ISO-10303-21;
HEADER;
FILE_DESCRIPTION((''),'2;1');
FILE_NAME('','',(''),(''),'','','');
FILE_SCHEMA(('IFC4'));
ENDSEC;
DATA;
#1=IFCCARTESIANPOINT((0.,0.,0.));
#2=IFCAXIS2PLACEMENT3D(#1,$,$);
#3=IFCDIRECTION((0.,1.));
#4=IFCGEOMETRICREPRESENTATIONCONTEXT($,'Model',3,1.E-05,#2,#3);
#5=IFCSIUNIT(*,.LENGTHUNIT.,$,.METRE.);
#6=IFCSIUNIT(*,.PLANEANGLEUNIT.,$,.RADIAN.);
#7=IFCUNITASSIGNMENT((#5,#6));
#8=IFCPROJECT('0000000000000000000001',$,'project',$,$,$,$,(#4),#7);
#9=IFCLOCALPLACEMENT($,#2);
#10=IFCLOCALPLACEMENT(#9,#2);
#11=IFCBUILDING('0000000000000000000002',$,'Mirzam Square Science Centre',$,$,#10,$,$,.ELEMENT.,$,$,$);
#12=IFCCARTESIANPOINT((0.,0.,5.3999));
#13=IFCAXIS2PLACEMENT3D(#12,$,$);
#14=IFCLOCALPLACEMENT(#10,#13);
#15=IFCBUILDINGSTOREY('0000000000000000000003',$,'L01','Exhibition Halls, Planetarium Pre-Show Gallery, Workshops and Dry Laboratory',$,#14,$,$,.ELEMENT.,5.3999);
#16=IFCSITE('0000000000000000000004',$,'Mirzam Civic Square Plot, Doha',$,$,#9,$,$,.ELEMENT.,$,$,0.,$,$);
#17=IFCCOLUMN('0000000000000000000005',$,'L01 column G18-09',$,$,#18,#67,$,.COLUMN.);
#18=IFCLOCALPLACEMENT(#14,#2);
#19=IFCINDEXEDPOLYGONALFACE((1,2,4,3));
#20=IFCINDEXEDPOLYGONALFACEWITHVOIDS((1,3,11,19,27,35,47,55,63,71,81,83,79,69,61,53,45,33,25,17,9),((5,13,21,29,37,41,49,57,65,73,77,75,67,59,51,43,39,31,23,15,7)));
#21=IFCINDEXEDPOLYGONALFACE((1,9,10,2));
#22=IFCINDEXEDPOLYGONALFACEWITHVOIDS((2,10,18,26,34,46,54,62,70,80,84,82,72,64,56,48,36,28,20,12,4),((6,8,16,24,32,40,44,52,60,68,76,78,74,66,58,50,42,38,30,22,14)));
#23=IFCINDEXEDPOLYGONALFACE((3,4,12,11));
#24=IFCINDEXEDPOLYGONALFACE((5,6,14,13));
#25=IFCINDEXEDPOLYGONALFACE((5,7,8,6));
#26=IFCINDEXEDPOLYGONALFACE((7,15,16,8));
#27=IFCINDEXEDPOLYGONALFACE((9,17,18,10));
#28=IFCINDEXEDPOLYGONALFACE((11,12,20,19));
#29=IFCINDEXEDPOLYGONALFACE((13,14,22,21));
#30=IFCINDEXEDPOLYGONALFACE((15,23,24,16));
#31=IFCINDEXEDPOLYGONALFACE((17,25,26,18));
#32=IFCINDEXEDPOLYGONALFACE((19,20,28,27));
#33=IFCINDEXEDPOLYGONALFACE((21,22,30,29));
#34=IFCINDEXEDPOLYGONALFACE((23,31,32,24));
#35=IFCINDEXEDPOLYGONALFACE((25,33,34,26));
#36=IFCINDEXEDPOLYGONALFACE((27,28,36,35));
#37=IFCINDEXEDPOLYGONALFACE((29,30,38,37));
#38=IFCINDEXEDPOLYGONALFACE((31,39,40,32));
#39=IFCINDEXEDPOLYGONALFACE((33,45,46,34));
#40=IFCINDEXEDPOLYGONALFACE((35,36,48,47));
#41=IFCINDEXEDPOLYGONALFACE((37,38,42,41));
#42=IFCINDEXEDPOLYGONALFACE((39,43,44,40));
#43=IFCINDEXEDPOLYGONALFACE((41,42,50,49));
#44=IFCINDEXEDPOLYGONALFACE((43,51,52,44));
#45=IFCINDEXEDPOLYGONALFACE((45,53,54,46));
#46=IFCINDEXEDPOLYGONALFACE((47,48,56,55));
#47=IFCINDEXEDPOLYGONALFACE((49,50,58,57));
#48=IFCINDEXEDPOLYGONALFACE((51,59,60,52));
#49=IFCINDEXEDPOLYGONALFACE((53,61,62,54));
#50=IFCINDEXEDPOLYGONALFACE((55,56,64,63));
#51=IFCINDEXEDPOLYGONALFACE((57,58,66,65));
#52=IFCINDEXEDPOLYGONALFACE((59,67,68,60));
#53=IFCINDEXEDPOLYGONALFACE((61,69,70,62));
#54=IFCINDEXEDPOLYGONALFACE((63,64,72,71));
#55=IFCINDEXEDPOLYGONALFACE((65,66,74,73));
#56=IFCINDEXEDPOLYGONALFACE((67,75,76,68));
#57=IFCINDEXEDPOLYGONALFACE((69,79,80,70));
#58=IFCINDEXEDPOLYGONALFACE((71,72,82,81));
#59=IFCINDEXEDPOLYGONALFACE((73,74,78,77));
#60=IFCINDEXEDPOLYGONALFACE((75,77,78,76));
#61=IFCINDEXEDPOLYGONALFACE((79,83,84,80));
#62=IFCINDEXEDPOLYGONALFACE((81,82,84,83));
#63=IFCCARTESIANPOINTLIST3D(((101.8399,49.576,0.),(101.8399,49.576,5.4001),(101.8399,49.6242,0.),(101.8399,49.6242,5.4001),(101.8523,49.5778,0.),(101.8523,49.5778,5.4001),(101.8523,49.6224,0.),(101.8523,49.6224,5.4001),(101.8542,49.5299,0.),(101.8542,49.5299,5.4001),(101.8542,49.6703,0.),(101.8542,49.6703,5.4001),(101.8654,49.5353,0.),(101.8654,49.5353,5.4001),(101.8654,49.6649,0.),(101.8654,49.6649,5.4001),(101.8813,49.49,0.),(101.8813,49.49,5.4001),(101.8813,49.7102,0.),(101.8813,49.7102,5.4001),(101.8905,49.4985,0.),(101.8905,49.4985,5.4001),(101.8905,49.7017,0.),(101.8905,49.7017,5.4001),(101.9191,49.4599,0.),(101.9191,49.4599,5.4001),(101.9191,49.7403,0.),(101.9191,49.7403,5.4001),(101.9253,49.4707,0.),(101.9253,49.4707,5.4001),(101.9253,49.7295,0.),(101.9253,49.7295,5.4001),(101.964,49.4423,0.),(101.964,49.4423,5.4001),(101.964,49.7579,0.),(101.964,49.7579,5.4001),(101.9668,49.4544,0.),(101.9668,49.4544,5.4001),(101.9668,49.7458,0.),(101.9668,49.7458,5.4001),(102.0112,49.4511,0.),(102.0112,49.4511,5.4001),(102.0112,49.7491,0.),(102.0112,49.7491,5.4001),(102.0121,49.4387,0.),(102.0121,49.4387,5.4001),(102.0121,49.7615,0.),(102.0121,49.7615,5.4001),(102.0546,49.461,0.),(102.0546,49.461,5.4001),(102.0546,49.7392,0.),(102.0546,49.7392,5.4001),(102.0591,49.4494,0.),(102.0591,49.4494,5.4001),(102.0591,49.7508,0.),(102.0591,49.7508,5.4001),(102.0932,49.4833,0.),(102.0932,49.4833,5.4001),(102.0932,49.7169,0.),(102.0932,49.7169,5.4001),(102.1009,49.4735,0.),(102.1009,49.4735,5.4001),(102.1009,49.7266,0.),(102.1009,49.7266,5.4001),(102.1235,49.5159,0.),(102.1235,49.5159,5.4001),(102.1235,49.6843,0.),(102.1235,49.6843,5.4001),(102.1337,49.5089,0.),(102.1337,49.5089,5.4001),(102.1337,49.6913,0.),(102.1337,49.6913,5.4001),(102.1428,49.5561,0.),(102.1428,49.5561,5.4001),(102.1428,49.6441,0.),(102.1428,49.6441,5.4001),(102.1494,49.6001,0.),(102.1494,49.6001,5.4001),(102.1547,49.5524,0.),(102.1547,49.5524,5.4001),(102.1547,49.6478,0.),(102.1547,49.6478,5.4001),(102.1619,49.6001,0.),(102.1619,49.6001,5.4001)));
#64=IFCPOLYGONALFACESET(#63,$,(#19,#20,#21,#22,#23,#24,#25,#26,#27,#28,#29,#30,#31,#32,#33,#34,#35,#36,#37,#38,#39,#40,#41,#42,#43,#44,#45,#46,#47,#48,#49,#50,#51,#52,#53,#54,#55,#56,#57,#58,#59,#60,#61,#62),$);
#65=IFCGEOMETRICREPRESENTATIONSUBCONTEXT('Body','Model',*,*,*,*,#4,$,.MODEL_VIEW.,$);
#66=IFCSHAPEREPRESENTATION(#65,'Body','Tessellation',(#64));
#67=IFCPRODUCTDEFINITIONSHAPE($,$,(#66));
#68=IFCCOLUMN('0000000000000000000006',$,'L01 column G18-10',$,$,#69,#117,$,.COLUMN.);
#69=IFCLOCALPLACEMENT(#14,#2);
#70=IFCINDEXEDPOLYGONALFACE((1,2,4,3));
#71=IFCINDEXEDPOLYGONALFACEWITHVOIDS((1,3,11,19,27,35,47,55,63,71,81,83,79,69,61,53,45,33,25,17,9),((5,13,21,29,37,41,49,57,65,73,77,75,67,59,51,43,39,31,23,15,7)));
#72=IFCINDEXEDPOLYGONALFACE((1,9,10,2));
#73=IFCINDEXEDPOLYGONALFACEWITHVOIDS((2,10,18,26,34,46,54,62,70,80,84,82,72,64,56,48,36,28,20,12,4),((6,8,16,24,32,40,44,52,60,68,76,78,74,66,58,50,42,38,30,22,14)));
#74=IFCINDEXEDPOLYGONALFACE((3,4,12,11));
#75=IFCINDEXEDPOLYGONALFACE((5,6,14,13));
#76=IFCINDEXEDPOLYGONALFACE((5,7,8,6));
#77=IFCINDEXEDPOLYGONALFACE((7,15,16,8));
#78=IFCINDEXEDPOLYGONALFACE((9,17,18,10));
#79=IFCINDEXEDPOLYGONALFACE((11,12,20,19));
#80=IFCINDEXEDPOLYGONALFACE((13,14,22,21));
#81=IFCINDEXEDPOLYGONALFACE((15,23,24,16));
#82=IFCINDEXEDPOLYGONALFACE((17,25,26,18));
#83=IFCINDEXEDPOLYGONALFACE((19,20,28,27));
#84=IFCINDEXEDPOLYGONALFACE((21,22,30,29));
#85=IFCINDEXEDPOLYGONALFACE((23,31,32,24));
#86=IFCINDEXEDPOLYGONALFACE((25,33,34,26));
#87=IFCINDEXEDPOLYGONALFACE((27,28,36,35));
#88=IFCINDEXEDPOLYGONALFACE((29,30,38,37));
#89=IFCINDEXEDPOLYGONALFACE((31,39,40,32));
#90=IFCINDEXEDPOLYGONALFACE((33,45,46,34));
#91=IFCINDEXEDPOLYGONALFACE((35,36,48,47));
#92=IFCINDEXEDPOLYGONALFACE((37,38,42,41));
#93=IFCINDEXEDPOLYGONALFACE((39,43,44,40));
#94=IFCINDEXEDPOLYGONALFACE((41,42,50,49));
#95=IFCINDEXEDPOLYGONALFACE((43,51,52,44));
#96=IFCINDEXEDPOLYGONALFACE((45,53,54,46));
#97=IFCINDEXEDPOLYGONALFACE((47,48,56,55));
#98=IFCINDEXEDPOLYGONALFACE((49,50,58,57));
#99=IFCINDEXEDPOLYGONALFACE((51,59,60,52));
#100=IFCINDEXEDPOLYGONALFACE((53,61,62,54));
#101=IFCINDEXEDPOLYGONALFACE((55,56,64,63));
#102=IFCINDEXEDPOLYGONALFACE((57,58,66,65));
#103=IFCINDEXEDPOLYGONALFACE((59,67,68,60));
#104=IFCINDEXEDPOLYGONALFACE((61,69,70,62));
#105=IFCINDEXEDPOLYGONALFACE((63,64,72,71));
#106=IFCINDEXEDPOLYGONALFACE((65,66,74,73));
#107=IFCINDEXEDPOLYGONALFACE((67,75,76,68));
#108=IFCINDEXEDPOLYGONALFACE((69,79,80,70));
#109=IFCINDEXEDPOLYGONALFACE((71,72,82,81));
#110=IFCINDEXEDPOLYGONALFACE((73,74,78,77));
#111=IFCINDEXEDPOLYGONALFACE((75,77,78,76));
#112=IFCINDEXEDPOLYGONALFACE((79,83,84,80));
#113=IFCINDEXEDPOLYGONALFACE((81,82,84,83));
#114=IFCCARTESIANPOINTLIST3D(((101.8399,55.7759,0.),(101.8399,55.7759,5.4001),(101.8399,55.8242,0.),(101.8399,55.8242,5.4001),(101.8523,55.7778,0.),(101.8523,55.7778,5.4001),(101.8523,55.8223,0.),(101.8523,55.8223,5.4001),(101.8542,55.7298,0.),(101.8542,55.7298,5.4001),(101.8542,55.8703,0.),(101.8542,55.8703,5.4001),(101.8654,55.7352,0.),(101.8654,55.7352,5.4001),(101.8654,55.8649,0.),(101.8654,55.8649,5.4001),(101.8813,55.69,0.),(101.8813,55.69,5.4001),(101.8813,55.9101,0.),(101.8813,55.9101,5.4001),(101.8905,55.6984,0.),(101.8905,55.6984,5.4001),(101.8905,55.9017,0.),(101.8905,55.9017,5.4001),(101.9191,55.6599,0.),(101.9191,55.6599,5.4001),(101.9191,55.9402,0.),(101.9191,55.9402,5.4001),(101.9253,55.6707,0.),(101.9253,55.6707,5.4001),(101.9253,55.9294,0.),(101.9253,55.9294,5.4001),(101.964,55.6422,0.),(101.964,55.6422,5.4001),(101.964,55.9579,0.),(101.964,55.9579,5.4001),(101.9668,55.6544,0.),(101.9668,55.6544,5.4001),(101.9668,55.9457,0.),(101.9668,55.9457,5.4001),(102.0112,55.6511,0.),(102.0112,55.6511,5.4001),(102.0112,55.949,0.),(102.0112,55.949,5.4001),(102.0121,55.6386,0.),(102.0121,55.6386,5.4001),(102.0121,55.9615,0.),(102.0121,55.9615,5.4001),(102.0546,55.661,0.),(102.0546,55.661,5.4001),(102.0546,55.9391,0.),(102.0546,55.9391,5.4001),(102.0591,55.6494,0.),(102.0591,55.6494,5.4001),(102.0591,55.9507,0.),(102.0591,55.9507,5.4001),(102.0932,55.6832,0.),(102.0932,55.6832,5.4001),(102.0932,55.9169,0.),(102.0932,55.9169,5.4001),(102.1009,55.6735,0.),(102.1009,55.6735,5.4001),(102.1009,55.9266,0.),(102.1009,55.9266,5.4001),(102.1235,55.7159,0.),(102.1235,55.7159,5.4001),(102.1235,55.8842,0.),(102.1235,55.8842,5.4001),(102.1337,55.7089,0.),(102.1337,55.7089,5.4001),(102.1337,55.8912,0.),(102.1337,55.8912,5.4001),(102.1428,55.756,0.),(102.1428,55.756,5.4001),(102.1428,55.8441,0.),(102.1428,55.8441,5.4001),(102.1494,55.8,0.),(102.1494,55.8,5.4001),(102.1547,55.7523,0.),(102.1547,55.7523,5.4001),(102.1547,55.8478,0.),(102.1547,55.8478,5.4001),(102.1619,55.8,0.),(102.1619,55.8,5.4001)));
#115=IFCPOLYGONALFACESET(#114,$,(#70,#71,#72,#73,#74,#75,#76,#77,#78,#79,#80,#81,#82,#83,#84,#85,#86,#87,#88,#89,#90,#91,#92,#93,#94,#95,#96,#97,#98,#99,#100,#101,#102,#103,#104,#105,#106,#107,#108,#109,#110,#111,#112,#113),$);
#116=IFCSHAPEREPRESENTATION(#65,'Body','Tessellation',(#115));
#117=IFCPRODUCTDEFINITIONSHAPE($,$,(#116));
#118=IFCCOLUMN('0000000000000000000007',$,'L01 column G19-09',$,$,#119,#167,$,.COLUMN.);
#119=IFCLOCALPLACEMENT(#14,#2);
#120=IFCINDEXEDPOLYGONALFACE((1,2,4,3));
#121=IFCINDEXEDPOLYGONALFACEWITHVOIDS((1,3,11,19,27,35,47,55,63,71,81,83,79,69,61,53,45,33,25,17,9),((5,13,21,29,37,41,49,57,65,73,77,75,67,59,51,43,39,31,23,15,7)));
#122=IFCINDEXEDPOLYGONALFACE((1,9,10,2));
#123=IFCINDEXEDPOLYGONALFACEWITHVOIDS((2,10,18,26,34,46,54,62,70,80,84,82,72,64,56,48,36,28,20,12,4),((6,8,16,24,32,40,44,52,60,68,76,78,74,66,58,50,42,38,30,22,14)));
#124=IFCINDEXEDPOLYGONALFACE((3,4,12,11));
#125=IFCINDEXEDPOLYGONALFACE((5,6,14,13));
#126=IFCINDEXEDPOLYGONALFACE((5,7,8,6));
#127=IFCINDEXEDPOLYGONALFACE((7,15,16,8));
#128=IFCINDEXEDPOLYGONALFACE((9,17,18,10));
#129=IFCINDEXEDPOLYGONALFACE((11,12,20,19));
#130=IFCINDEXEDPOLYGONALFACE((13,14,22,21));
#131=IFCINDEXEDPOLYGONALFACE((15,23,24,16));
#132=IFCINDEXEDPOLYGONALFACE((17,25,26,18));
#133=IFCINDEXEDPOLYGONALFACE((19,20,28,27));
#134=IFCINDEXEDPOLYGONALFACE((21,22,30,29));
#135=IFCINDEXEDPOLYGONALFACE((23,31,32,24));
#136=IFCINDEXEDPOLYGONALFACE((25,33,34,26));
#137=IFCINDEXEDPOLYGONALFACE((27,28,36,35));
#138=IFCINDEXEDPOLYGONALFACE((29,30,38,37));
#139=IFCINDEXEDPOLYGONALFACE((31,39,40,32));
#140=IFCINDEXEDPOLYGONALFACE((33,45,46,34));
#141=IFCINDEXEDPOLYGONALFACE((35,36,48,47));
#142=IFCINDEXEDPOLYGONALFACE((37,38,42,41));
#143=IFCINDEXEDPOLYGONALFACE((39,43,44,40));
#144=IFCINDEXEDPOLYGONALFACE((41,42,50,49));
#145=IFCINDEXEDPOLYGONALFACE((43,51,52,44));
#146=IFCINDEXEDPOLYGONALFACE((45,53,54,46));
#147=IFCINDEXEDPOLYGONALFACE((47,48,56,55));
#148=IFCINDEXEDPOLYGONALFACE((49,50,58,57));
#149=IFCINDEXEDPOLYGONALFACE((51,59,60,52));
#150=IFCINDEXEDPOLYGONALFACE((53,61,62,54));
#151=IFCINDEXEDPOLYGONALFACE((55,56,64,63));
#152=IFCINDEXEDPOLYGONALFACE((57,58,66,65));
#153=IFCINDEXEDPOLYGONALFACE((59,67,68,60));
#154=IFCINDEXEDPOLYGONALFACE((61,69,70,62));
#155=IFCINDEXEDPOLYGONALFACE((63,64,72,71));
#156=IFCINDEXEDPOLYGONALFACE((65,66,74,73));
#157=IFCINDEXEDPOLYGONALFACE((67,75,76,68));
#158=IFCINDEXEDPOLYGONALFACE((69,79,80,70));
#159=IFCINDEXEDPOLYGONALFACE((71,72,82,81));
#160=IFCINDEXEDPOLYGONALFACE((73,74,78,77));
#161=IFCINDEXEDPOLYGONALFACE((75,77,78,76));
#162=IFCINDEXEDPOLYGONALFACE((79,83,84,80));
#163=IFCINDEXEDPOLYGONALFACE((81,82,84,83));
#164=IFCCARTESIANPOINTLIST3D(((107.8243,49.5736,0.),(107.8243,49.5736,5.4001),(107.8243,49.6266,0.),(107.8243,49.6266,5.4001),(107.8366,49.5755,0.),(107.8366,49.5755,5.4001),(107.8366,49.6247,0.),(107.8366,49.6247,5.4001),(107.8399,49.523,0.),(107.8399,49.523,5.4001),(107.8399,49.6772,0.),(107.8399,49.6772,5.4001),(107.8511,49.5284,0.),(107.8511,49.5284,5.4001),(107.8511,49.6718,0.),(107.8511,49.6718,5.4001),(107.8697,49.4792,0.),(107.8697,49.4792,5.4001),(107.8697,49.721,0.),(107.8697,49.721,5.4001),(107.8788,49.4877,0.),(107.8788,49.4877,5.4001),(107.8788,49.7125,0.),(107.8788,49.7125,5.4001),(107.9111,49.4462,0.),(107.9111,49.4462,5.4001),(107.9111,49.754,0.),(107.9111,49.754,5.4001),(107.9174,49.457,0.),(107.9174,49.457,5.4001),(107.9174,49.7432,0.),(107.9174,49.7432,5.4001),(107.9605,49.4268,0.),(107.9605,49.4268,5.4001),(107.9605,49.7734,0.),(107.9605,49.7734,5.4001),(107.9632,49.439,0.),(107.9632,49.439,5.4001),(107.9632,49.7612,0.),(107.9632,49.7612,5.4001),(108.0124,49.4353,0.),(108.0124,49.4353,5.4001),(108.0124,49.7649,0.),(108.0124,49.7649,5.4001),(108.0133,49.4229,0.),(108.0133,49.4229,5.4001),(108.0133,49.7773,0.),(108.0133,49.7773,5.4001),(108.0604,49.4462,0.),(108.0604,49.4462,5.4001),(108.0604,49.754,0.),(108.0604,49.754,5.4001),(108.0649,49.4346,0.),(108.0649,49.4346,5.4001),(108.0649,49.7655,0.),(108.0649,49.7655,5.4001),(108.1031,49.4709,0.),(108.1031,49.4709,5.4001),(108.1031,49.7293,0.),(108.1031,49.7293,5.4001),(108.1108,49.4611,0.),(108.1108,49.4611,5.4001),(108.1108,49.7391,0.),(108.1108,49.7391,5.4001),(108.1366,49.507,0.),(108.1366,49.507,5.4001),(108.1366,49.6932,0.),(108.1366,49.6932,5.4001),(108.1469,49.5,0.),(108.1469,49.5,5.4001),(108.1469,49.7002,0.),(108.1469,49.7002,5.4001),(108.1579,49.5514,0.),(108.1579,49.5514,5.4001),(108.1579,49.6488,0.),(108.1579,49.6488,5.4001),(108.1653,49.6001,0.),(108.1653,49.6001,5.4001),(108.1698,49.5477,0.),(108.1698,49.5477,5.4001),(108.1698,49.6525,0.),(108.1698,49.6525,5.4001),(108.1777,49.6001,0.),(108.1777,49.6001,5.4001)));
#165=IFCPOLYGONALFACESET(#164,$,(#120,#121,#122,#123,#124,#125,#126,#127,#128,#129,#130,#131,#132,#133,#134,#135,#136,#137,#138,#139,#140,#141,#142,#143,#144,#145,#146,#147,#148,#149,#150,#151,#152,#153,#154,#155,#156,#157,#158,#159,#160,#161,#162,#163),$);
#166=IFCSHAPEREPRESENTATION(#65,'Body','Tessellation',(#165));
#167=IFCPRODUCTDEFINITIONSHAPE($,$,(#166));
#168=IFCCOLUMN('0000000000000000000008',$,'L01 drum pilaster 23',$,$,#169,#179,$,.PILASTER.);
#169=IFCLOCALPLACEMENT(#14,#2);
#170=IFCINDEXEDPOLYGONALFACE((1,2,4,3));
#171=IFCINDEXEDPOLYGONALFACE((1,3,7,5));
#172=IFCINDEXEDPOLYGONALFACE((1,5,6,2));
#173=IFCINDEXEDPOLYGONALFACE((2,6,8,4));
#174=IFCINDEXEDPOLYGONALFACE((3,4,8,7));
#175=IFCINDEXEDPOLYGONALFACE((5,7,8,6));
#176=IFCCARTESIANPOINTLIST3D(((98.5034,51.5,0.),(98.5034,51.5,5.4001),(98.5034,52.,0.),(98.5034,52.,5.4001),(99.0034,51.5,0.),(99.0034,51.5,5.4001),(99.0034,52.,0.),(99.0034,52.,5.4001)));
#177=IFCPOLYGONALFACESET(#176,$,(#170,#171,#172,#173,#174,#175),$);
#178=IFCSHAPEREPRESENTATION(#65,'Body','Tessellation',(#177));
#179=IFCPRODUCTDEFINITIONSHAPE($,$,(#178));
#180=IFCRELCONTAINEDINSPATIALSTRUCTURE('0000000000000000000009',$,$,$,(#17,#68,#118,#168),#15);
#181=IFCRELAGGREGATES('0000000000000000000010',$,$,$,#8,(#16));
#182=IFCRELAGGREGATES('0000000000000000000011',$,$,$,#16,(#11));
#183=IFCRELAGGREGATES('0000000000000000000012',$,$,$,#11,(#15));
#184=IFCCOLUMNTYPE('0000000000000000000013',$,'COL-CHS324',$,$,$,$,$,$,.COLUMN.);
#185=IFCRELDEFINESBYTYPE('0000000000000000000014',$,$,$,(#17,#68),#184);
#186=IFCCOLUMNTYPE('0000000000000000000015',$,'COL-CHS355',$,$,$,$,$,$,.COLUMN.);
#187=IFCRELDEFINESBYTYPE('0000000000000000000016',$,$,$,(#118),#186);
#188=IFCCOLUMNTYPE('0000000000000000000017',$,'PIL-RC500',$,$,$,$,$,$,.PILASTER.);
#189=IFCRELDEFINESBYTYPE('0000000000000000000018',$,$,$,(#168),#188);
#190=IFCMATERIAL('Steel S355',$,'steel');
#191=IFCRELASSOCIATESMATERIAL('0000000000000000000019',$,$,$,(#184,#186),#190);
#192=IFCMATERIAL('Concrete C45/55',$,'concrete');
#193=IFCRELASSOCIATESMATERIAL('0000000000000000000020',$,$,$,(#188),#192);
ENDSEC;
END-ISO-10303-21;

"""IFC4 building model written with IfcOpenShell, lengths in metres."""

from ifc_helpers import new_model, si_unit, direction, frame, origin, origin_2d, place, context, subcontext, project, spatial, rectangle, hollow_circle, extrude, material, material_profile, profile_set, type_object, element, save


model = new_model("IFC4")

# Units and contexts
model_context = context("Model", 3, precision=1e-05, world=origin(), true_north=direction((0.0, 1.0)))
body_context = subcontext(model_context, "Body", "Model", "MODEL_VIEW")
ifc_project = project(units=[si_unit("LENGTHUNIT", "METRE"), si_unit("PLANEANGLEUNIT", "RADIAN")], contexts=[model_context])

# Site, building, storey
site_placement = place(None, origin())
site = spatial("IfcSite", under=ifc_project, at=site_placement, Name="Mirzam Civic Square Plot, Doha", CompositionType="ELEMENT", RefElevation=0.0)
building_placement = place(site_placement, origin())
building = spatial("IfcBuilding", under=site, at=building_placement, Name="Mirzam Square Science Centre", CompositionType="ELEMENT")
storey_placement = place(building_placement, frame((0.0, 0.0, 5.3999)))
storey = spatial("IfcBuildingStorey", under=building, at=storey_placement, Name="L01", Description="Exhibition Halls, Planetarium Pre-Show Gallery, Workshops and Dry Laboratory", CompositionType="ELEMENT", Elevation=5.3999)

# Columns
ifc_material_1 = material(Name="Steel S355", Category="steel")
ifc_material_profile_1 = material_profile(ifc_material_1, hollow_circle(Radius=0.1619, WallThickness=0.0125, at=origin_2d()), Name="323.9x12.5CHS")
ifc_profile_set_1 = profile_set([ifc_material_profile_1], Name="Steel S355")
column_type_1 = type_object("IfcColumnType", Name="COL-CHS324", PredefinedType="COLUMN", material=ifc_profile_set_1)
for number, where, z_axis, x_axis, name in (
    (1, (102.0, 49.6001, 0.0), (0.0, 0.0, 1.0), (1.0, 0.0, 0.0), "L01 column G18-09"),
    (2, (102.0, 55.8, 0.0), (0.0, 0.0, 1.0), (1.0, 0.0, 0.0), "L01 column G18-10"),
):
    element("IfcColumn", number, at=place(storey_placement, frame(where, z_axis=z_axis, x_axis=x_axis)), inside=storey, type_object=column_type_1, Name=name, PredefinedType="COLUMN", context=body_context, shape_type="SweptSolid", body=[
        extrude(hollow_circle(Radius=0.1619, WallThickness=0.0125, at=origin_2d()), origin(), (0.0, 0.0, 1.0), 5.4001),
    ])
ifc_material_profile_2 = material_profile(ifc_material_1, hollow_circle(Radius=0.1777, WallThickness=0.0125, at=origin_2d()), Name="355.6x12.5CHS")
ifc_profile_set_2 = profile_set([ifc_material_profile_2], Name="Steel S355")
column_type_2 = type_object("IfcColumnType", Name="COL-CHS355", PredefinedType="COLUMN", material=ifc_profile_set_2)
column_1_placement = place(storey_placement, frame((108.0, 49.6001, 0.0), z_axis=(0.0, 0.0, 1.0), x_axis=(1.0, 0.0, 0.0)))
element("IfcColumn", 3, at=column_1_placement, inside=storey, type_object=column_type_2, Name="L01 column G19-09", PredefinedType="COLUMN", context=body_context, shape_type="SweptSolid", body=[
    extrude(hollow_circle(Radius=0.1777, WallThickness=0.0125, at=origin_2d()), origin(), (0.0, 0.0, 1.0), 5.4001),
])
ifc_material_2 = material(Name="Concrete C45/55", Category="concrete")
ifc_material_profile_3 = material_profile(ifc_material_2, rectangle(XDim=0.5, YDim=0.5, at=origin_2d()), Name="RC500x500")
ifc_profile_set_3 = profile_set([ifc_material_profile_3], Name="Concrete C45/55")
column_type_3 = type_object("IfcColumnType", Name="PIL-RC500", PredefinedType="PILASTER", material=ifc_profile_set_3)
column_2_placement = place(storey_placement, frame((98.7534, 51.75, 0.0), z_axis=(0.0, 0.0, 1.0), x_axis=(1.0, 0.0, 0.0)))
element("IfcColumn", 4, at=column_2_placement, inside=storey, type_object=column_type_3, Name="L01 drum pilaster 23", PredefinedType="PILASTER", context=body_context, shape_type="SweptSolid", body=[
    extrude(rectangle(XDim=0.5, YDim=0.5, at=origin_2d()), origin(), (0.0, 0.0, 1.0), 5.4001),
])

save(model, "model.ifc")
